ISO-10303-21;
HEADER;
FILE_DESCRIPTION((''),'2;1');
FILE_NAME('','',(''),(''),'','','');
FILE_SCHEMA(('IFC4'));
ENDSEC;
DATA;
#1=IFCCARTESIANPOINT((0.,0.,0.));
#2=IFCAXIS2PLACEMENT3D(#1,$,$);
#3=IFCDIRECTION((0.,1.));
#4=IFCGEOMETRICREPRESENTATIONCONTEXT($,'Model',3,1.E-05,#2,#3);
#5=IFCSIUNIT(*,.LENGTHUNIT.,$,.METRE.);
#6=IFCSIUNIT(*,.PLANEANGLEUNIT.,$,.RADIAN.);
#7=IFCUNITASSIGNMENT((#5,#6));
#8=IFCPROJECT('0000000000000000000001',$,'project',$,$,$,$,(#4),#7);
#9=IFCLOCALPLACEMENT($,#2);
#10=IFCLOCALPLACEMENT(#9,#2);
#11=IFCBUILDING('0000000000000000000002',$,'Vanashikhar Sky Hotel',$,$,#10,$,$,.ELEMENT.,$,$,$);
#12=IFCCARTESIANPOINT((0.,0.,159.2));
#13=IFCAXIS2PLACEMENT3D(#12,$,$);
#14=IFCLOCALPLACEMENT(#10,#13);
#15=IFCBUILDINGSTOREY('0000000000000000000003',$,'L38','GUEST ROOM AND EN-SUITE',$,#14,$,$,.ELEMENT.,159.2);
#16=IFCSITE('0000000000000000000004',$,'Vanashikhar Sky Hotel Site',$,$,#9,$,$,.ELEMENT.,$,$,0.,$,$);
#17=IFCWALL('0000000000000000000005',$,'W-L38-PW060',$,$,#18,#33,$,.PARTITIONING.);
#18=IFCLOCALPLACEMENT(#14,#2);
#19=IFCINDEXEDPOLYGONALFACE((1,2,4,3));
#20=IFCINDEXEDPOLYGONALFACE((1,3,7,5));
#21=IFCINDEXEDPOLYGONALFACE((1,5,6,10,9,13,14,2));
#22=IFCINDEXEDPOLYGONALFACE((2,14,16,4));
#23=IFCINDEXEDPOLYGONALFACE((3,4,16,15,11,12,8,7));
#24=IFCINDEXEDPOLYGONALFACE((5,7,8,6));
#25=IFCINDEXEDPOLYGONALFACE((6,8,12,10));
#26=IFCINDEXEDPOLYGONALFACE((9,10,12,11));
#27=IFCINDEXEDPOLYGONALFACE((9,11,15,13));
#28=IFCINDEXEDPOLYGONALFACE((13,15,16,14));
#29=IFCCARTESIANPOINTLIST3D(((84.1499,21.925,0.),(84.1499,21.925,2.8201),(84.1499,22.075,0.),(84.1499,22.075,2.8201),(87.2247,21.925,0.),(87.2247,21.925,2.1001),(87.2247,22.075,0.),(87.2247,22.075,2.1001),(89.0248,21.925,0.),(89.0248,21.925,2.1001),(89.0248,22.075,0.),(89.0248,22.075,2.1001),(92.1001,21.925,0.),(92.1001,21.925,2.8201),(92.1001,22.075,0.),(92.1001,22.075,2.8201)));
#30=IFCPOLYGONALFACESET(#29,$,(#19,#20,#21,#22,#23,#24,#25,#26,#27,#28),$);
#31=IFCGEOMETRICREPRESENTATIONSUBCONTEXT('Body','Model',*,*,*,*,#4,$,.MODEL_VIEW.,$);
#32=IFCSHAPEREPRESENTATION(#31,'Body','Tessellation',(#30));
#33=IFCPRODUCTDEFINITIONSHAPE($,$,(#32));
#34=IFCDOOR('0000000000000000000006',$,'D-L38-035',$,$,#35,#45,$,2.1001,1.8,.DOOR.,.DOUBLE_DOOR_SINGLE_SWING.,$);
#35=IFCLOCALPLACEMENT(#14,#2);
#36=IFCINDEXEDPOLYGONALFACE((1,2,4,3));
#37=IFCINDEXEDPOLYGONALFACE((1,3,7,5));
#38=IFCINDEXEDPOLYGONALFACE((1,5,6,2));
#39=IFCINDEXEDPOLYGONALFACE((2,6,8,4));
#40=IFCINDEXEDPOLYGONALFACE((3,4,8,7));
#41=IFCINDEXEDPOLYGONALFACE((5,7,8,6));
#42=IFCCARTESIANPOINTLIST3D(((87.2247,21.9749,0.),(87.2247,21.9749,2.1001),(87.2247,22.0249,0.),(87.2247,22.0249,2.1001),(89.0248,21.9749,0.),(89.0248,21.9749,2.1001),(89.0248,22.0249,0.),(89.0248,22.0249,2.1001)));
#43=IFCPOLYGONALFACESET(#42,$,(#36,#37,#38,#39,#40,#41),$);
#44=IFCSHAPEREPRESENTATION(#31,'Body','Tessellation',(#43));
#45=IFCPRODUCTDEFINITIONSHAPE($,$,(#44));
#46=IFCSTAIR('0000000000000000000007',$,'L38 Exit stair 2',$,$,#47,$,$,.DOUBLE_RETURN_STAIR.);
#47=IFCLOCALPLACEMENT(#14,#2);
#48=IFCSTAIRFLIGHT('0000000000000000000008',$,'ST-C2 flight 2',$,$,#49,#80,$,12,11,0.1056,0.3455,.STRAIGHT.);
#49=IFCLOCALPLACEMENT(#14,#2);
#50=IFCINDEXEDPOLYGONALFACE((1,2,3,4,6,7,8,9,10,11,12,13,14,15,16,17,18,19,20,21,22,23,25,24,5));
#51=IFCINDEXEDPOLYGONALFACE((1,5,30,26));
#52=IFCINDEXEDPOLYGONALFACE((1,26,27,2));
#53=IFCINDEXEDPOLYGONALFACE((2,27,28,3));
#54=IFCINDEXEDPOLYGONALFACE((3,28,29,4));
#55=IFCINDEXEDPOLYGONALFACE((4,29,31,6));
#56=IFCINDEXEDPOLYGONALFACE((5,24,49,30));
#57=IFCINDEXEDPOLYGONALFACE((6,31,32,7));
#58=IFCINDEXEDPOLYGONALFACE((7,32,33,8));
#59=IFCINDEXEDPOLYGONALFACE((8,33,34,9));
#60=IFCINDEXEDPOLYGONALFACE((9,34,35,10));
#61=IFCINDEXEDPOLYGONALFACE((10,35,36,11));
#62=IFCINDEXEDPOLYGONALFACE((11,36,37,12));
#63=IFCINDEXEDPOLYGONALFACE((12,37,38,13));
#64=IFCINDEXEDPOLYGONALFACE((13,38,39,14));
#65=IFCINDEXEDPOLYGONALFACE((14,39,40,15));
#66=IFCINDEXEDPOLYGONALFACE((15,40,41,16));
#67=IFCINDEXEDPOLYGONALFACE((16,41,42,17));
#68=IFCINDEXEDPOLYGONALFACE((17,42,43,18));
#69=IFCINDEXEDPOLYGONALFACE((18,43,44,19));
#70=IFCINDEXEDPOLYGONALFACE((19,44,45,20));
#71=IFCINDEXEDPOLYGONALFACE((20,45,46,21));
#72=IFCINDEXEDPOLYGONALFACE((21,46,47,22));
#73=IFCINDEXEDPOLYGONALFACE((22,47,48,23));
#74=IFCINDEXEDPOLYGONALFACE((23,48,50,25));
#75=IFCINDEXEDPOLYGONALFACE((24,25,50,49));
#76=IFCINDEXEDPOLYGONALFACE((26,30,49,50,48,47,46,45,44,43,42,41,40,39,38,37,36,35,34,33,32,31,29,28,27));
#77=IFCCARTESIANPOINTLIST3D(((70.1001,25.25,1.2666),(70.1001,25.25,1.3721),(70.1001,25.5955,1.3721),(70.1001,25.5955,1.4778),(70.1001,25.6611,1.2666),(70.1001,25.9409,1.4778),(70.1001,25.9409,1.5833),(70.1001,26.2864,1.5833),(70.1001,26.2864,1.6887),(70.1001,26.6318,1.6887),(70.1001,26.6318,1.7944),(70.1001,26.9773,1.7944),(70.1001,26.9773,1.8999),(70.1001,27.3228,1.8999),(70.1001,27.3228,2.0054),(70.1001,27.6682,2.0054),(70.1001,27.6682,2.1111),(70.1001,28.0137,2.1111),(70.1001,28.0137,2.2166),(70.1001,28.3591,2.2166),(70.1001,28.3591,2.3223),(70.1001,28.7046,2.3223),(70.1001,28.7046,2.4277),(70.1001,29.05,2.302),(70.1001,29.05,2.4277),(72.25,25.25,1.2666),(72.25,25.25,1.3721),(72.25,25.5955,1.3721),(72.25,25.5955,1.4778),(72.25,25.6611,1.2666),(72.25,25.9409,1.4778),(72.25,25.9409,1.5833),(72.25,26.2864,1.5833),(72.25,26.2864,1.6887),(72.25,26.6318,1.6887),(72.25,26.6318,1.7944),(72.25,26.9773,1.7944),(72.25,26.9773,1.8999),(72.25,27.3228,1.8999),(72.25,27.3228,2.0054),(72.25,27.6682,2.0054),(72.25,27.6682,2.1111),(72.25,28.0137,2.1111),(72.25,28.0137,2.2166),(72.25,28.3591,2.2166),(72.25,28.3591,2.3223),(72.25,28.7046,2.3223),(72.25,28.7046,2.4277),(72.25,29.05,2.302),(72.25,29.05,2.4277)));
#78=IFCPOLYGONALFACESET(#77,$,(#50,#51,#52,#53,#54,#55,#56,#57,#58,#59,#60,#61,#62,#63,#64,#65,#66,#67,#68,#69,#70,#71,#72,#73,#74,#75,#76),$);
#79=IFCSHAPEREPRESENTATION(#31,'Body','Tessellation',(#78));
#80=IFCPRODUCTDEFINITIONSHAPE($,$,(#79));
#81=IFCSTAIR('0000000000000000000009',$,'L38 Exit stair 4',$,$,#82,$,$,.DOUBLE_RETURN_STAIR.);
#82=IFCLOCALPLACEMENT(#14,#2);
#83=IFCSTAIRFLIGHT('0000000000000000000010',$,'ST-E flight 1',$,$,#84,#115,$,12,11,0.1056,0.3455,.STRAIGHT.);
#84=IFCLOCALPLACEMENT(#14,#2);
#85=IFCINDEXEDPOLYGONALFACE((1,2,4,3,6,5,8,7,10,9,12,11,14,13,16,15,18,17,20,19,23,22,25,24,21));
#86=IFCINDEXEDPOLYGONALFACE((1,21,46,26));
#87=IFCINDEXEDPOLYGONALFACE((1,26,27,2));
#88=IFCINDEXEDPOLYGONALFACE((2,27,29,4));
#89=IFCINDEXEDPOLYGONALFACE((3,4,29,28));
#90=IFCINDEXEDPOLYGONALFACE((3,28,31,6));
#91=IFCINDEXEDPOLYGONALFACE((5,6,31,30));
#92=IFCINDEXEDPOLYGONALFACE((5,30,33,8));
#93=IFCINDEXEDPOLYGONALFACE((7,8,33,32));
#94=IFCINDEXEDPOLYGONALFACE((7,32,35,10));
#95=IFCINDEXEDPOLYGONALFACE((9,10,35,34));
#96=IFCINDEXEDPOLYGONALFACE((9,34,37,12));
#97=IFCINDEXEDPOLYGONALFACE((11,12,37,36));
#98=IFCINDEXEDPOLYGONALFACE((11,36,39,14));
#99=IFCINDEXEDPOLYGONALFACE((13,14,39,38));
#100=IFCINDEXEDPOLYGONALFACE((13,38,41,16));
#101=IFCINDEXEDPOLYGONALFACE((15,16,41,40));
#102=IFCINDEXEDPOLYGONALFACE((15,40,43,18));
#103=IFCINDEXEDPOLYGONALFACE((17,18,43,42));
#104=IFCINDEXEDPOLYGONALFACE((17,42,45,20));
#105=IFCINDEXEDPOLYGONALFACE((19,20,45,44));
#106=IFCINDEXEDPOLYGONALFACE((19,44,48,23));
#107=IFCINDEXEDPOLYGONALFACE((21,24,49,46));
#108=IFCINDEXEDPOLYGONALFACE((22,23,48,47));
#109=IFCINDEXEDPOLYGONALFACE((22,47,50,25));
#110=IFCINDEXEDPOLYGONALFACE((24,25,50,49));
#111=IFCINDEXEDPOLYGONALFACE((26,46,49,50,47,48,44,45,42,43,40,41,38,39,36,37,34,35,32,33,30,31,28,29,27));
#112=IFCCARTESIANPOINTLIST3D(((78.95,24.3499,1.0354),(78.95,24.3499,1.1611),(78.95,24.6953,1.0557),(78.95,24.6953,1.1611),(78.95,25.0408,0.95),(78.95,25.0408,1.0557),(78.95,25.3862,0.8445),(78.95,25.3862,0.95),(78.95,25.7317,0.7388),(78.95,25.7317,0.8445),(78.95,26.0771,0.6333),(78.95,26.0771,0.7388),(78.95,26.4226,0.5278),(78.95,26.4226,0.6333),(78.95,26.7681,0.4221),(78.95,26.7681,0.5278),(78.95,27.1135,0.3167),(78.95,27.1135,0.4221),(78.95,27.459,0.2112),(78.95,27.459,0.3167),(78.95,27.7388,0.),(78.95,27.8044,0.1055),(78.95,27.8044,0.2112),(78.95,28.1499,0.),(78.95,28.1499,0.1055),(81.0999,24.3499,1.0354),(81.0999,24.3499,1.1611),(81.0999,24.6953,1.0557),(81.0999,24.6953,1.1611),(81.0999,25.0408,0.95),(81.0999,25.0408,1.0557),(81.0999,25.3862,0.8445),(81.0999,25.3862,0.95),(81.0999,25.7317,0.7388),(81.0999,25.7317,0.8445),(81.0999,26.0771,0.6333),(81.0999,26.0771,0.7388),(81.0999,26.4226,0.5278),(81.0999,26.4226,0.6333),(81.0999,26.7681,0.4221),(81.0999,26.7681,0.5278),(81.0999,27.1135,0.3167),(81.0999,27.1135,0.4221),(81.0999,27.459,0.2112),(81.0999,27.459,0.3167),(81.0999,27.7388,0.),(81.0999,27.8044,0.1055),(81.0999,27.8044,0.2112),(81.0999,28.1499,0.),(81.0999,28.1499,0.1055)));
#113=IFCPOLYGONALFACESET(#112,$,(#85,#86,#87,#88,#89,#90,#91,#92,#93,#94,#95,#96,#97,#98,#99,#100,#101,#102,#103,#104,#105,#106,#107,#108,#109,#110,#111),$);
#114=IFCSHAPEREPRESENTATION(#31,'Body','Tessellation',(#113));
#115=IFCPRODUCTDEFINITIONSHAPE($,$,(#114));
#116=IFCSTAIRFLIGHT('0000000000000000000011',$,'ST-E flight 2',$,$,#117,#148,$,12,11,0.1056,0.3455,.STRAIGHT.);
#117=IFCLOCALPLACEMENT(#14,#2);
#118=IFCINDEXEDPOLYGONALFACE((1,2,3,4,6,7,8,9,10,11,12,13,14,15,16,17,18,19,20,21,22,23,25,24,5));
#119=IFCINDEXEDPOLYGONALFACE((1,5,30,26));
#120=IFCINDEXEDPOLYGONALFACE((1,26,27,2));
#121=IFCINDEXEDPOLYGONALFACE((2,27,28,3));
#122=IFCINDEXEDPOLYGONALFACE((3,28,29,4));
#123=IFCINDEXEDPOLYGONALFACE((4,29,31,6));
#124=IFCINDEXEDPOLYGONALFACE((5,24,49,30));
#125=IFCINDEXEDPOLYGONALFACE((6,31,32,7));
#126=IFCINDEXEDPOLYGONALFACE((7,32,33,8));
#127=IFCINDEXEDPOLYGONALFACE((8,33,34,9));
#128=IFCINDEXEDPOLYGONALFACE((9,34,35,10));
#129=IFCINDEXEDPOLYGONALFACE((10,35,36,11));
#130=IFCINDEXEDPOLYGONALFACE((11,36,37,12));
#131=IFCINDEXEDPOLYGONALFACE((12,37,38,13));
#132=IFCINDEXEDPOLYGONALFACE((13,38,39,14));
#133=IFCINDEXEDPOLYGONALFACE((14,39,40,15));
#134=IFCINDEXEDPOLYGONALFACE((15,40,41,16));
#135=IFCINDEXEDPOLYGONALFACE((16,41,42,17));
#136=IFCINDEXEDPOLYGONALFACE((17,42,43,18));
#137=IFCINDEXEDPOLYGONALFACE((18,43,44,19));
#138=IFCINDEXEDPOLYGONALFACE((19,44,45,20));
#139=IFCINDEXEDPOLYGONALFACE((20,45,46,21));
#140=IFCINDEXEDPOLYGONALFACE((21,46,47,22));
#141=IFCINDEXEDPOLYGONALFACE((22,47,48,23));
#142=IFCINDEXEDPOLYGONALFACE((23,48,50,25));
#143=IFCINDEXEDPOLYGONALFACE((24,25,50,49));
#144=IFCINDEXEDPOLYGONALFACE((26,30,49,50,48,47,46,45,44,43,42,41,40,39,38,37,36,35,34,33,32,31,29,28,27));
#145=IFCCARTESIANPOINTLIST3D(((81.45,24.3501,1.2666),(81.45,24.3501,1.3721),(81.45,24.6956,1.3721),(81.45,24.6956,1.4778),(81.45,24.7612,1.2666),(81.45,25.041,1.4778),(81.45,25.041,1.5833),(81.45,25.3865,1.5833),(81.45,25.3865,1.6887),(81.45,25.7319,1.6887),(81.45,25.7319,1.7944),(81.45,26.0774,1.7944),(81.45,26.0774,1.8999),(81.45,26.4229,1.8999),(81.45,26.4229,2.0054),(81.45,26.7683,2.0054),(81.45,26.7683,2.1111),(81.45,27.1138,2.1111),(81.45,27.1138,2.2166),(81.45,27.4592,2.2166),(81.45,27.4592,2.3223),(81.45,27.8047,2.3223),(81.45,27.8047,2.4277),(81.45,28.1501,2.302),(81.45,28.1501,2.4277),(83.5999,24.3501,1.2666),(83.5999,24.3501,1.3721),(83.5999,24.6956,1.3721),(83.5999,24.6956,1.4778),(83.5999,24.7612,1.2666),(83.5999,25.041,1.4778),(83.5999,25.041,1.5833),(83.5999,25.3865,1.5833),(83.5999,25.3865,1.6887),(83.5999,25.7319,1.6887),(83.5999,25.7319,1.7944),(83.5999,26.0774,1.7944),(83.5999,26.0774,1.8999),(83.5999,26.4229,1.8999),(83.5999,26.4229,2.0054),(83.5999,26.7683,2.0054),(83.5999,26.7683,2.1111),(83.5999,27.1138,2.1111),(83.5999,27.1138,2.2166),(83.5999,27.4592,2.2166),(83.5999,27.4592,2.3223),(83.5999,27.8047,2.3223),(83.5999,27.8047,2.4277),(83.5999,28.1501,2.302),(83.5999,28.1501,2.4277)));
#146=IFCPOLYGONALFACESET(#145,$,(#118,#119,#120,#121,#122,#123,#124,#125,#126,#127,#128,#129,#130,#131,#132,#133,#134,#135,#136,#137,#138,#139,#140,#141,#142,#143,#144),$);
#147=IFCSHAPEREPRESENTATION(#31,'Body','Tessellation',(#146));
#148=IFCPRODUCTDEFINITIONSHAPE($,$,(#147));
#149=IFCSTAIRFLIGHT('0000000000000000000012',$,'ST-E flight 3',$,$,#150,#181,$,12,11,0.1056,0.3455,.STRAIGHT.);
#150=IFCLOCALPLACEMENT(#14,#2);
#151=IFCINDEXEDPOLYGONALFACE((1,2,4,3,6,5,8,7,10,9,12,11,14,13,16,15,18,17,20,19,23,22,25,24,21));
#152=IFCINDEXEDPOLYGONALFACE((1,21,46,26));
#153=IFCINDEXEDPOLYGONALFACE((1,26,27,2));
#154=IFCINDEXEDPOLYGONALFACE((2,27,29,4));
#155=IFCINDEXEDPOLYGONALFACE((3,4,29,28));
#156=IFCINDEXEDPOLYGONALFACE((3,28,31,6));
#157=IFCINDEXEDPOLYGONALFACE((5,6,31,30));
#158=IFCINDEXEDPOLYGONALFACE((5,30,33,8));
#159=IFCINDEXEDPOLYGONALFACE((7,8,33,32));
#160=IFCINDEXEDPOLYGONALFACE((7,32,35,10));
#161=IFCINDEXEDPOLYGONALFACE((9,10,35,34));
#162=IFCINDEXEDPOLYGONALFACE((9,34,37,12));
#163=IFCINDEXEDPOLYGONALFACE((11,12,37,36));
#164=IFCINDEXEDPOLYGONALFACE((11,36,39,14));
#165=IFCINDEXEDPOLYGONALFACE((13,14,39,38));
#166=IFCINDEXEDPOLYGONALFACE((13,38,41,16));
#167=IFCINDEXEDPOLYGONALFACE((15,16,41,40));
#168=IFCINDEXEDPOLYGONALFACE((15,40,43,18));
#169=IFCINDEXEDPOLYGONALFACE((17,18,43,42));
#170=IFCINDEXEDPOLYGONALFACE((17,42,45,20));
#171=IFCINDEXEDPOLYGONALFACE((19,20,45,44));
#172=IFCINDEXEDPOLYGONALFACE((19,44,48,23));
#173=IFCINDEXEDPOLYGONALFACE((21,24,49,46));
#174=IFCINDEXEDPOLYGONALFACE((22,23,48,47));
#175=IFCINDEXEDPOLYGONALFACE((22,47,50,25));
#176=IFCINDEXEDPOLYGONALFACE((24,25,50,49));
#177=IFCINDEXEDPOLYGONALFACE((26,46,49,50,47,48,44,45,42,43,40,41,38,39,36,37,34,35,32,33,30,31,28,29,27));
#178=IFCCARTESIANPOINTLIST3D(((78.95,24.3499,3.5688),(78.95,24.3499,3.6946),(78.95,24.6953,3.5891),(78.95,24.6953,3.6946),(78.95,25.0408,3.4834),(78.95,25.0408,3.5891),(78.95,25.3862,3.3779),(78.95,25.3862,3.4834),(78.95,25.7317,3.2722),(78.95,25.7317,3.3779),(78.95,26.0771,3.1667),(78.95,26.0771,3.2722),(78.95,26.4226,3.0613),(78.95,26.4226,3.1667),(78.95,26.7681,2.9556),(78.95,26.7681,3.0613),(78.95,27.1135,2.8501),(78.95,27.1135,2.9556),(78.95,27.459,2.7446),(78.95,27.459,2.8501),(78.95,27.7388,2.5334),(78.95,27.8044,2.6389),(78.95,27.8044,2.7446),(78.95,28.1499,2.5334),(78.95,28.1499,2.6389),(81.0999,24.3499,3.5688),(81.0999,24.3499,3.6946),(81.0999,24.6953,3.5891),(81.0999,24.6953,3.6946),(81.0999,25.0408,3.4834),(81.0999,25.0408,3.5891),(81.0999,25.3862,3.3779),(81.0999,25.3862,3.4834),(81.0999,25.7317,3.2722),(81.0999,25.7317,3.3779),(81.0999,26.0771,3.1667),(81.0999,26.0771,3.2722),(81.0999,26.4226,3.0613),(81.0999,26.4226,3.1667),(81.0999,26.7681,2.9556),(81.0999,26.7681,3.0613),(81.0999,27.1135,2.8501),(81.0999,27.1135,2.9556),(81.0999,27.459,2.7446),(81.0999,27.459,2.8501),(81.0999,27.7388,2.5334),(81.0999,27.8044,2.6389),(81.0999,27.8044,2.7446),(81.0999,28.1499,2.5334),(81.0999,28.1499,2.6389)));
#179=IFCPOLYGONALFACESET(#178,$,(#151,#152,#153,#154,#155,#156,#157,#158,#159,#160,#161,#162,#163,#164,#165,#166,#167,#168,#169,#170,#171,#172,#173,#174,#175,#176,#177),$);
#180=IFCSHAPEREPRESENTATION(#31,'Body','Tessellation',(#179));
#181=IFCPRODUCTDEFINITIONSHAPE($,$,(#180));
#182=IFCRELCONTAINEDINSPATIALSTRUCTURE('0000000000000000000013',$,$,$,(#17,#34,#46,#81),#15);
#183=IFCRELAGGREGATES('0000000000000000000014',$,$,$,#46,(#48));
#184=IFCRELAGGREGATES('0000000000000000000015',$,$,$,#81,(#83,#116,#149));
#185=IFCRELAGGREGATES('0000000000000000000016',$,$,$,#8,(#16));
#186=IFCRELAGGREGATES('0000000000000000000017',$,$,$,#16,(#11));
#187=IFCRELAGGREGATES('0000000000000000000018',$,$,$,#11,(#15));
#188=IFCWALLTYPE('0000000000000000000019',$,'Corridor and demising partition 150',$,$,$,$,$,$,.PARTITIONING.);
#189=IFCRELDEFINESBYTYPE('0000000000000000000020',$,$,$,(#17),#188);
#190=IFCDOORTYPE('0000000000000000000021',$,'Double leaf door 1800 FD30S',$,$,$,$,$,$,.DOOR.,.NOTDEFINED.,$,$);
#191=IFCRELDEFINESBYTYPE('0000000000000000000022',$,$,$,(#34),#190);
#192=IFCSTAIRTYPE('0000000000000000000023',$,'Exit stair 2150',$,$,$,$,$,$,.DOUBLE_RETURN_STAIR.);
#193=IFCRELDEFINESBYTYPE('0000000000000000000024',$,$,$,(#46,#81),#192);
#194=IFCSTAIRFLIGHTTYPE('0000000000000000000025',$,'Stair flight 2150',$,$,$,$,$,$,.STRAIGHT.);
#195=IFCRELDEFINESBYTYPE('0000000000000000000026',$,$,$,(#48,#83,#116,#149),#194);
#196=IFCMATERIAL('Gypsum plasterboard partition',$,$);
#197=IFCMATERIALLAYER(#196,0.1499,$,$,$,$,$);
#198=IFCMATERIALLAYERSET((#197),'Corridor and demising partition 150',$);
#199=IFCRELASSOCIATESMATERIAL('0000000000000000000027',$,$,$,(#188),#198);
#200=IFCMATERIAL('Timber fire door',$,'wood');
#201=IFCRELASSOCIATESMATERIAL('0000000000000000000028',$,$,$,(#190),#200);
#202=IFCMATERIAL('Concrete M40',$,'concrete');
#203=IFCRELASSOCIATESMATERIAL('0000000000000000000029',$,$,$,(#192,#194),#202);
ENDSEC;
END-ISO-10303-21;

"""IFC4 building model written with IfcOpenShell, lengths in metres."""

from ifc_helpers import new_model, si_unit, direction, frame, frame_2d, origin, place, context, subcontext, project, spatial, polyline, rectangle, outline, extrude, source, transform, mapped, material, layer, layer_set, type_object, element, fill, aggregate, save


model = new_model("IFC4")

# Units and contexts
model_context = context("Model", 3, precision=1e-05, world=origin(), true_north=direction((0.0, 1.0)))
body_context = subcontext(model_context, "Body", "Model", "MODEL_VIEW")
ifc_project = project(units=[si_unit("LENGTHUNIT", "METRE"), si_unit("PLANEANGLEUNIT", "RADIAN")], contexts=[model_context])

# Site, building, storey
site_placement = place(None, origin())
site = spatial("IfcSite", under=ifc_project, at=site_placement, Name="Vanashikhar Sky Hotel Site", CompositionType="ELEMENT", RefElevation=0.0)
building_placement = place(site_placement, origin())
building = spatial("IfcBuilding", under=site, at=building_placement, Name="Vanashikhar Sky Hotel", CompositionType="ELEMENT")
storey_placement = place(building_placement, frame((0.0, 0.0, 159.2)))
storey = spatial("IfcBuildingStorey", under=building, at=storey_placement, Name="L38", Description="GUEST ROOM AND EN-SUITE", CompositionType="ELEMENT", Elevation=159.2)

# Shared definitions
ifc_material_1 = material(Name="Concrete M40", Category="concrete")

# Wall, opening, door
ifc_material_2 = material(Name="Gypsum plasterboard partition")
ifc_layer_1 = layer(ifc_material_2, 0.1499)
ifc_layer_set_1 = layer_set([ifc_layer_1], Name="Corridor and demising partition 150")
wall_type_1 = type_object("IfcWallType", Name="Corridor and demising partition 150", PredefinedType="PARTITIONING", material=ifc_layer_set_1)
shared_shape_1 = source(origin(), body_context, "Body", "SweptSolid", [
    extrude(rectangle(XDim=7.9502, YDim=0.1499, at=frame_2d((3.9751, 0.0))), origin(), (0.0, 0.0, 1.0), 2.8201),
])
wall_1_placement = place(storey_placement, frame((84.1499, 22.0, 0.0), z_axis=(0.0, 0.0, 1.0), x_axis=(1.0, 0.0, 0.0)))
wall_1 = element("IfcWall", 1, at=wall_1_placement, inside=storey, type_object=wall_type_1, Name="W-L38-PW060", PredefinedType="PARTITIONING", context=body_context, shape_type="MappedRepresentation", body=[
    mapped(shared_shape_1, transform((0.0, 0.0, 0.0), scale=1.0)),
])
shared_shape_2 = source(origin(), body_context, "Body", "SweptSolid", [
    extrude(rectangle(XDim=1.8, YDim=2.1001, at=frame_2d((0.8999, 1.05))), frame((0.0, 0.085, 0.0), z_axis=(0.0, -1.0, 0.0), x_axis=(1.0, 0.0, 0.0)), (0.0, 0.0, 1.0), 0.1699),
])
opening_1_placement = place(wall_1_placement, frame((3.075, 0.0, 0.0)))
opening_1 = element("IfcOpeningElement", 2, at=opening_1_placement, cuts=wall_1, PredefinedType="OPENING", context=body_context, shape_type="MappedRepresentation", body=[
    mapped(shared_shape_2, transform((0.0, 0.0, 0.0), scale=1.0)),
])
ifc_material_3 = material(Name="Timber fire door", Category="wood")
door_type_1 = type_object("IfcDoorType", Name="Double leaf door 1800 FD30S", OperationType="NOTDEFINED", PredefinedType="DOOR", material=ifc_material_3)
shared_shape_3 = source(origin(), body_context, "Body", "SweptSolid", [
    extrude(rectangle(XDim=1.8, YDim=2.1001, at=frame_2d((0.8999, 1.05))), frame((0.0, 0.0249, 0.0), z_axis=(0.0, -1.0, 0.0), x_axis=(1.0, 0.0, 0.0)), (0.0, 0.0, 1.0), 0.05),
])
door_1_placement = place(opening_1_placement, origin())
door_1 = element("IfcDoor", 3, at=door_1_placement, inside=storey, type_object=door_type_1, Name="D-L38-035", OperationType="DOUBLE_DOOR_SINGLE_SWING", OverallHeight=2.1001, OverallWidth=1.8, PredefinedType="DOOR", context=body_context, shape_type="MappedRepresentation", body=[
    mapped(shared_shape_3, transform((0.0, 0.0, 0.0), scale=1.0)),
])
fill(opening_1, door_1)

# Stair, stair flight
stair_type = type_object("IfcStairType", Name="Exit stair 2150", PredefinedType="DOUBLE_RETURN_STAIR", material=ifc_material_1)
stair_1_placement = place(storey_placement, origin())
stair_1 = element("IfcStair", 4, at=stair_1_placement, inside=storey, type_object=stair_type, Name="L38 Exit stair 2", PredefinedType="DOUBLE_RETURN_STAIR")
stair_flight_type = type_object("IfcStairFlightType", Name="Stair flight 2150", PredefinedType="STRAIGHT", material=ifc_material_1)
shared_shape_4 = source(origin(), body_context, "Body", "SweptSolid", [
    extrude(outline(polyline([(0.0, 0.0), (0.0, 0.1055), (0.3455, 0.1055), (0.3455, 0.2112), (0.6909, 0.2112), (0.6909, 0.3167), (1.0364, 0.3167), (1.0364, 0.4221), (1.3818, 0.4221), (1.3818, 0.5278), (1.7273, 0.5278), (1.7273, 0.6333), (2.0728, 0.6333), (2.0728, 0.7388), (2.4182, 0.7388), (2.4182, 0.8445), (2.7637, 0.8445), (2.7637, 0.95), (3.1091, 0.95), (3.1091, 1.0557), (3.4546, 1.0557), (3.4546, 1.1611), (3.8, 1.1611), (3.8, 1.2666), (3.8, 1.0354), (0.4111, 0.0), (0.0, 0.0)])), frame((0.0, 1.075, 0.0), z_axis=(0.0, -1.0, 0.0), x_axis=(1.0, 0.0, 0.0)), (0.0, 0.0, 1.0), 2.1499),
])
stair_flight_1_placement = place(storey_placement, frame((71.175, 25.25, 1.2666), z_axis=(0.0, 0.0, 1.0), x_axis=(0.0, 1.0, 0.0)))
stair_flight_1 = element("IfcStairFlight", 5, at=stair_flight_1_placement, type_object=stair_flight_type, Name="ST-C2 flight 2", NumberOfRisers=12, NumberOfTreads=11, PredefinedType="STRAIGHT", RiserHeight=0.1056, TreadLength=0.3455, context=body_context, shape_type="MappedRepresentation", body=[
    mapped(shared_shape_4, transform((0.0, 0.0, 0.0), scale=1.0)),
])
aggregate(stair_1, [stair_flight_1])

# Stair, stair flights
stair_2_placement = place(storey_placement, origin())
stair_2 = element("IfcStair", 6, at=stair_2_placement, inside=storey, type_object=stair_type, Name="L38 Exit stair 4", PredefinedType="DOUBLE_RETURN_STAIR")
stair_flight_2_placement = place(storey_placement, frame((80.0249, 28.1499, 0.0), z_axis=(0.0, 0.0, 1.0), x_axis=(0.0, -1.0, 0.0)))
stair_flight_2 = element("IfcStairFlight", 7, at=stair_flight_2_placement, type_object=stair_flight_type, Name="ST-E flight 1", NumberOfRisers=12, NumberOfTreads=11, PredefinedType="STRAIGHT", RiserHeight=0.1056, TreadLength=0.3455, context=body_context, shape_type="MappedRepresentation", body=[
    mapped(shared_shape_4, transform((0.0, 0.0, 0.0), scale=1.0)),
])
stair_flight_3_placement = place(storey_placement, frame((82.5249, 24.3501, 1.2666), z_axis=(0.0, 0.0, 1.0), x_axis=(0.0, 1.0, 0.0)))
stair_flight_3 = element("IfcStairFlight", 8, at=stair_flight_3_placement, type_object=stair_flight_type, Name="ST-E flight 2", NumberOfRisers=12, NumberOfTreads=11, PredefinedType="STRAIGHT", RiserHeight=0.1056, TreadLength=0.3455, context=body_context, shape_type="MappedRepresentation", body=[
    mapped(shared_shape_4, transform((0.0, 0.0, 0.0), scale=1.0)),
])
stair_flight_4_placement = place(storey_placement, frame((80.0249, 28.1499, 2.5334), z_axis=(0.0, 0.0, 1.0), x_axis=(0.0, -1.0, 0.0)))
stair_flight_4 = element("IfcStairFlight", 9, at=stair_flight_4_placement, type_object=stair_flight_type, Name="ST-E flight 3", NumberOfRisers=12, NumberOfTreads=11, PredefinedType="STRAIGHT", RiserHeight=0.1056, TreadLength=0.3455, context=body_context, shape_type="MappedRepresentation", body=[
    mapped(shared_shape_4, transform((0.0, 0.0, 0.0), scale=1.0)),
])
aggregate(stair_2, [stair_flight_2, stair_flight_3, stair_flight_4])

save(model, "model.ifc")
